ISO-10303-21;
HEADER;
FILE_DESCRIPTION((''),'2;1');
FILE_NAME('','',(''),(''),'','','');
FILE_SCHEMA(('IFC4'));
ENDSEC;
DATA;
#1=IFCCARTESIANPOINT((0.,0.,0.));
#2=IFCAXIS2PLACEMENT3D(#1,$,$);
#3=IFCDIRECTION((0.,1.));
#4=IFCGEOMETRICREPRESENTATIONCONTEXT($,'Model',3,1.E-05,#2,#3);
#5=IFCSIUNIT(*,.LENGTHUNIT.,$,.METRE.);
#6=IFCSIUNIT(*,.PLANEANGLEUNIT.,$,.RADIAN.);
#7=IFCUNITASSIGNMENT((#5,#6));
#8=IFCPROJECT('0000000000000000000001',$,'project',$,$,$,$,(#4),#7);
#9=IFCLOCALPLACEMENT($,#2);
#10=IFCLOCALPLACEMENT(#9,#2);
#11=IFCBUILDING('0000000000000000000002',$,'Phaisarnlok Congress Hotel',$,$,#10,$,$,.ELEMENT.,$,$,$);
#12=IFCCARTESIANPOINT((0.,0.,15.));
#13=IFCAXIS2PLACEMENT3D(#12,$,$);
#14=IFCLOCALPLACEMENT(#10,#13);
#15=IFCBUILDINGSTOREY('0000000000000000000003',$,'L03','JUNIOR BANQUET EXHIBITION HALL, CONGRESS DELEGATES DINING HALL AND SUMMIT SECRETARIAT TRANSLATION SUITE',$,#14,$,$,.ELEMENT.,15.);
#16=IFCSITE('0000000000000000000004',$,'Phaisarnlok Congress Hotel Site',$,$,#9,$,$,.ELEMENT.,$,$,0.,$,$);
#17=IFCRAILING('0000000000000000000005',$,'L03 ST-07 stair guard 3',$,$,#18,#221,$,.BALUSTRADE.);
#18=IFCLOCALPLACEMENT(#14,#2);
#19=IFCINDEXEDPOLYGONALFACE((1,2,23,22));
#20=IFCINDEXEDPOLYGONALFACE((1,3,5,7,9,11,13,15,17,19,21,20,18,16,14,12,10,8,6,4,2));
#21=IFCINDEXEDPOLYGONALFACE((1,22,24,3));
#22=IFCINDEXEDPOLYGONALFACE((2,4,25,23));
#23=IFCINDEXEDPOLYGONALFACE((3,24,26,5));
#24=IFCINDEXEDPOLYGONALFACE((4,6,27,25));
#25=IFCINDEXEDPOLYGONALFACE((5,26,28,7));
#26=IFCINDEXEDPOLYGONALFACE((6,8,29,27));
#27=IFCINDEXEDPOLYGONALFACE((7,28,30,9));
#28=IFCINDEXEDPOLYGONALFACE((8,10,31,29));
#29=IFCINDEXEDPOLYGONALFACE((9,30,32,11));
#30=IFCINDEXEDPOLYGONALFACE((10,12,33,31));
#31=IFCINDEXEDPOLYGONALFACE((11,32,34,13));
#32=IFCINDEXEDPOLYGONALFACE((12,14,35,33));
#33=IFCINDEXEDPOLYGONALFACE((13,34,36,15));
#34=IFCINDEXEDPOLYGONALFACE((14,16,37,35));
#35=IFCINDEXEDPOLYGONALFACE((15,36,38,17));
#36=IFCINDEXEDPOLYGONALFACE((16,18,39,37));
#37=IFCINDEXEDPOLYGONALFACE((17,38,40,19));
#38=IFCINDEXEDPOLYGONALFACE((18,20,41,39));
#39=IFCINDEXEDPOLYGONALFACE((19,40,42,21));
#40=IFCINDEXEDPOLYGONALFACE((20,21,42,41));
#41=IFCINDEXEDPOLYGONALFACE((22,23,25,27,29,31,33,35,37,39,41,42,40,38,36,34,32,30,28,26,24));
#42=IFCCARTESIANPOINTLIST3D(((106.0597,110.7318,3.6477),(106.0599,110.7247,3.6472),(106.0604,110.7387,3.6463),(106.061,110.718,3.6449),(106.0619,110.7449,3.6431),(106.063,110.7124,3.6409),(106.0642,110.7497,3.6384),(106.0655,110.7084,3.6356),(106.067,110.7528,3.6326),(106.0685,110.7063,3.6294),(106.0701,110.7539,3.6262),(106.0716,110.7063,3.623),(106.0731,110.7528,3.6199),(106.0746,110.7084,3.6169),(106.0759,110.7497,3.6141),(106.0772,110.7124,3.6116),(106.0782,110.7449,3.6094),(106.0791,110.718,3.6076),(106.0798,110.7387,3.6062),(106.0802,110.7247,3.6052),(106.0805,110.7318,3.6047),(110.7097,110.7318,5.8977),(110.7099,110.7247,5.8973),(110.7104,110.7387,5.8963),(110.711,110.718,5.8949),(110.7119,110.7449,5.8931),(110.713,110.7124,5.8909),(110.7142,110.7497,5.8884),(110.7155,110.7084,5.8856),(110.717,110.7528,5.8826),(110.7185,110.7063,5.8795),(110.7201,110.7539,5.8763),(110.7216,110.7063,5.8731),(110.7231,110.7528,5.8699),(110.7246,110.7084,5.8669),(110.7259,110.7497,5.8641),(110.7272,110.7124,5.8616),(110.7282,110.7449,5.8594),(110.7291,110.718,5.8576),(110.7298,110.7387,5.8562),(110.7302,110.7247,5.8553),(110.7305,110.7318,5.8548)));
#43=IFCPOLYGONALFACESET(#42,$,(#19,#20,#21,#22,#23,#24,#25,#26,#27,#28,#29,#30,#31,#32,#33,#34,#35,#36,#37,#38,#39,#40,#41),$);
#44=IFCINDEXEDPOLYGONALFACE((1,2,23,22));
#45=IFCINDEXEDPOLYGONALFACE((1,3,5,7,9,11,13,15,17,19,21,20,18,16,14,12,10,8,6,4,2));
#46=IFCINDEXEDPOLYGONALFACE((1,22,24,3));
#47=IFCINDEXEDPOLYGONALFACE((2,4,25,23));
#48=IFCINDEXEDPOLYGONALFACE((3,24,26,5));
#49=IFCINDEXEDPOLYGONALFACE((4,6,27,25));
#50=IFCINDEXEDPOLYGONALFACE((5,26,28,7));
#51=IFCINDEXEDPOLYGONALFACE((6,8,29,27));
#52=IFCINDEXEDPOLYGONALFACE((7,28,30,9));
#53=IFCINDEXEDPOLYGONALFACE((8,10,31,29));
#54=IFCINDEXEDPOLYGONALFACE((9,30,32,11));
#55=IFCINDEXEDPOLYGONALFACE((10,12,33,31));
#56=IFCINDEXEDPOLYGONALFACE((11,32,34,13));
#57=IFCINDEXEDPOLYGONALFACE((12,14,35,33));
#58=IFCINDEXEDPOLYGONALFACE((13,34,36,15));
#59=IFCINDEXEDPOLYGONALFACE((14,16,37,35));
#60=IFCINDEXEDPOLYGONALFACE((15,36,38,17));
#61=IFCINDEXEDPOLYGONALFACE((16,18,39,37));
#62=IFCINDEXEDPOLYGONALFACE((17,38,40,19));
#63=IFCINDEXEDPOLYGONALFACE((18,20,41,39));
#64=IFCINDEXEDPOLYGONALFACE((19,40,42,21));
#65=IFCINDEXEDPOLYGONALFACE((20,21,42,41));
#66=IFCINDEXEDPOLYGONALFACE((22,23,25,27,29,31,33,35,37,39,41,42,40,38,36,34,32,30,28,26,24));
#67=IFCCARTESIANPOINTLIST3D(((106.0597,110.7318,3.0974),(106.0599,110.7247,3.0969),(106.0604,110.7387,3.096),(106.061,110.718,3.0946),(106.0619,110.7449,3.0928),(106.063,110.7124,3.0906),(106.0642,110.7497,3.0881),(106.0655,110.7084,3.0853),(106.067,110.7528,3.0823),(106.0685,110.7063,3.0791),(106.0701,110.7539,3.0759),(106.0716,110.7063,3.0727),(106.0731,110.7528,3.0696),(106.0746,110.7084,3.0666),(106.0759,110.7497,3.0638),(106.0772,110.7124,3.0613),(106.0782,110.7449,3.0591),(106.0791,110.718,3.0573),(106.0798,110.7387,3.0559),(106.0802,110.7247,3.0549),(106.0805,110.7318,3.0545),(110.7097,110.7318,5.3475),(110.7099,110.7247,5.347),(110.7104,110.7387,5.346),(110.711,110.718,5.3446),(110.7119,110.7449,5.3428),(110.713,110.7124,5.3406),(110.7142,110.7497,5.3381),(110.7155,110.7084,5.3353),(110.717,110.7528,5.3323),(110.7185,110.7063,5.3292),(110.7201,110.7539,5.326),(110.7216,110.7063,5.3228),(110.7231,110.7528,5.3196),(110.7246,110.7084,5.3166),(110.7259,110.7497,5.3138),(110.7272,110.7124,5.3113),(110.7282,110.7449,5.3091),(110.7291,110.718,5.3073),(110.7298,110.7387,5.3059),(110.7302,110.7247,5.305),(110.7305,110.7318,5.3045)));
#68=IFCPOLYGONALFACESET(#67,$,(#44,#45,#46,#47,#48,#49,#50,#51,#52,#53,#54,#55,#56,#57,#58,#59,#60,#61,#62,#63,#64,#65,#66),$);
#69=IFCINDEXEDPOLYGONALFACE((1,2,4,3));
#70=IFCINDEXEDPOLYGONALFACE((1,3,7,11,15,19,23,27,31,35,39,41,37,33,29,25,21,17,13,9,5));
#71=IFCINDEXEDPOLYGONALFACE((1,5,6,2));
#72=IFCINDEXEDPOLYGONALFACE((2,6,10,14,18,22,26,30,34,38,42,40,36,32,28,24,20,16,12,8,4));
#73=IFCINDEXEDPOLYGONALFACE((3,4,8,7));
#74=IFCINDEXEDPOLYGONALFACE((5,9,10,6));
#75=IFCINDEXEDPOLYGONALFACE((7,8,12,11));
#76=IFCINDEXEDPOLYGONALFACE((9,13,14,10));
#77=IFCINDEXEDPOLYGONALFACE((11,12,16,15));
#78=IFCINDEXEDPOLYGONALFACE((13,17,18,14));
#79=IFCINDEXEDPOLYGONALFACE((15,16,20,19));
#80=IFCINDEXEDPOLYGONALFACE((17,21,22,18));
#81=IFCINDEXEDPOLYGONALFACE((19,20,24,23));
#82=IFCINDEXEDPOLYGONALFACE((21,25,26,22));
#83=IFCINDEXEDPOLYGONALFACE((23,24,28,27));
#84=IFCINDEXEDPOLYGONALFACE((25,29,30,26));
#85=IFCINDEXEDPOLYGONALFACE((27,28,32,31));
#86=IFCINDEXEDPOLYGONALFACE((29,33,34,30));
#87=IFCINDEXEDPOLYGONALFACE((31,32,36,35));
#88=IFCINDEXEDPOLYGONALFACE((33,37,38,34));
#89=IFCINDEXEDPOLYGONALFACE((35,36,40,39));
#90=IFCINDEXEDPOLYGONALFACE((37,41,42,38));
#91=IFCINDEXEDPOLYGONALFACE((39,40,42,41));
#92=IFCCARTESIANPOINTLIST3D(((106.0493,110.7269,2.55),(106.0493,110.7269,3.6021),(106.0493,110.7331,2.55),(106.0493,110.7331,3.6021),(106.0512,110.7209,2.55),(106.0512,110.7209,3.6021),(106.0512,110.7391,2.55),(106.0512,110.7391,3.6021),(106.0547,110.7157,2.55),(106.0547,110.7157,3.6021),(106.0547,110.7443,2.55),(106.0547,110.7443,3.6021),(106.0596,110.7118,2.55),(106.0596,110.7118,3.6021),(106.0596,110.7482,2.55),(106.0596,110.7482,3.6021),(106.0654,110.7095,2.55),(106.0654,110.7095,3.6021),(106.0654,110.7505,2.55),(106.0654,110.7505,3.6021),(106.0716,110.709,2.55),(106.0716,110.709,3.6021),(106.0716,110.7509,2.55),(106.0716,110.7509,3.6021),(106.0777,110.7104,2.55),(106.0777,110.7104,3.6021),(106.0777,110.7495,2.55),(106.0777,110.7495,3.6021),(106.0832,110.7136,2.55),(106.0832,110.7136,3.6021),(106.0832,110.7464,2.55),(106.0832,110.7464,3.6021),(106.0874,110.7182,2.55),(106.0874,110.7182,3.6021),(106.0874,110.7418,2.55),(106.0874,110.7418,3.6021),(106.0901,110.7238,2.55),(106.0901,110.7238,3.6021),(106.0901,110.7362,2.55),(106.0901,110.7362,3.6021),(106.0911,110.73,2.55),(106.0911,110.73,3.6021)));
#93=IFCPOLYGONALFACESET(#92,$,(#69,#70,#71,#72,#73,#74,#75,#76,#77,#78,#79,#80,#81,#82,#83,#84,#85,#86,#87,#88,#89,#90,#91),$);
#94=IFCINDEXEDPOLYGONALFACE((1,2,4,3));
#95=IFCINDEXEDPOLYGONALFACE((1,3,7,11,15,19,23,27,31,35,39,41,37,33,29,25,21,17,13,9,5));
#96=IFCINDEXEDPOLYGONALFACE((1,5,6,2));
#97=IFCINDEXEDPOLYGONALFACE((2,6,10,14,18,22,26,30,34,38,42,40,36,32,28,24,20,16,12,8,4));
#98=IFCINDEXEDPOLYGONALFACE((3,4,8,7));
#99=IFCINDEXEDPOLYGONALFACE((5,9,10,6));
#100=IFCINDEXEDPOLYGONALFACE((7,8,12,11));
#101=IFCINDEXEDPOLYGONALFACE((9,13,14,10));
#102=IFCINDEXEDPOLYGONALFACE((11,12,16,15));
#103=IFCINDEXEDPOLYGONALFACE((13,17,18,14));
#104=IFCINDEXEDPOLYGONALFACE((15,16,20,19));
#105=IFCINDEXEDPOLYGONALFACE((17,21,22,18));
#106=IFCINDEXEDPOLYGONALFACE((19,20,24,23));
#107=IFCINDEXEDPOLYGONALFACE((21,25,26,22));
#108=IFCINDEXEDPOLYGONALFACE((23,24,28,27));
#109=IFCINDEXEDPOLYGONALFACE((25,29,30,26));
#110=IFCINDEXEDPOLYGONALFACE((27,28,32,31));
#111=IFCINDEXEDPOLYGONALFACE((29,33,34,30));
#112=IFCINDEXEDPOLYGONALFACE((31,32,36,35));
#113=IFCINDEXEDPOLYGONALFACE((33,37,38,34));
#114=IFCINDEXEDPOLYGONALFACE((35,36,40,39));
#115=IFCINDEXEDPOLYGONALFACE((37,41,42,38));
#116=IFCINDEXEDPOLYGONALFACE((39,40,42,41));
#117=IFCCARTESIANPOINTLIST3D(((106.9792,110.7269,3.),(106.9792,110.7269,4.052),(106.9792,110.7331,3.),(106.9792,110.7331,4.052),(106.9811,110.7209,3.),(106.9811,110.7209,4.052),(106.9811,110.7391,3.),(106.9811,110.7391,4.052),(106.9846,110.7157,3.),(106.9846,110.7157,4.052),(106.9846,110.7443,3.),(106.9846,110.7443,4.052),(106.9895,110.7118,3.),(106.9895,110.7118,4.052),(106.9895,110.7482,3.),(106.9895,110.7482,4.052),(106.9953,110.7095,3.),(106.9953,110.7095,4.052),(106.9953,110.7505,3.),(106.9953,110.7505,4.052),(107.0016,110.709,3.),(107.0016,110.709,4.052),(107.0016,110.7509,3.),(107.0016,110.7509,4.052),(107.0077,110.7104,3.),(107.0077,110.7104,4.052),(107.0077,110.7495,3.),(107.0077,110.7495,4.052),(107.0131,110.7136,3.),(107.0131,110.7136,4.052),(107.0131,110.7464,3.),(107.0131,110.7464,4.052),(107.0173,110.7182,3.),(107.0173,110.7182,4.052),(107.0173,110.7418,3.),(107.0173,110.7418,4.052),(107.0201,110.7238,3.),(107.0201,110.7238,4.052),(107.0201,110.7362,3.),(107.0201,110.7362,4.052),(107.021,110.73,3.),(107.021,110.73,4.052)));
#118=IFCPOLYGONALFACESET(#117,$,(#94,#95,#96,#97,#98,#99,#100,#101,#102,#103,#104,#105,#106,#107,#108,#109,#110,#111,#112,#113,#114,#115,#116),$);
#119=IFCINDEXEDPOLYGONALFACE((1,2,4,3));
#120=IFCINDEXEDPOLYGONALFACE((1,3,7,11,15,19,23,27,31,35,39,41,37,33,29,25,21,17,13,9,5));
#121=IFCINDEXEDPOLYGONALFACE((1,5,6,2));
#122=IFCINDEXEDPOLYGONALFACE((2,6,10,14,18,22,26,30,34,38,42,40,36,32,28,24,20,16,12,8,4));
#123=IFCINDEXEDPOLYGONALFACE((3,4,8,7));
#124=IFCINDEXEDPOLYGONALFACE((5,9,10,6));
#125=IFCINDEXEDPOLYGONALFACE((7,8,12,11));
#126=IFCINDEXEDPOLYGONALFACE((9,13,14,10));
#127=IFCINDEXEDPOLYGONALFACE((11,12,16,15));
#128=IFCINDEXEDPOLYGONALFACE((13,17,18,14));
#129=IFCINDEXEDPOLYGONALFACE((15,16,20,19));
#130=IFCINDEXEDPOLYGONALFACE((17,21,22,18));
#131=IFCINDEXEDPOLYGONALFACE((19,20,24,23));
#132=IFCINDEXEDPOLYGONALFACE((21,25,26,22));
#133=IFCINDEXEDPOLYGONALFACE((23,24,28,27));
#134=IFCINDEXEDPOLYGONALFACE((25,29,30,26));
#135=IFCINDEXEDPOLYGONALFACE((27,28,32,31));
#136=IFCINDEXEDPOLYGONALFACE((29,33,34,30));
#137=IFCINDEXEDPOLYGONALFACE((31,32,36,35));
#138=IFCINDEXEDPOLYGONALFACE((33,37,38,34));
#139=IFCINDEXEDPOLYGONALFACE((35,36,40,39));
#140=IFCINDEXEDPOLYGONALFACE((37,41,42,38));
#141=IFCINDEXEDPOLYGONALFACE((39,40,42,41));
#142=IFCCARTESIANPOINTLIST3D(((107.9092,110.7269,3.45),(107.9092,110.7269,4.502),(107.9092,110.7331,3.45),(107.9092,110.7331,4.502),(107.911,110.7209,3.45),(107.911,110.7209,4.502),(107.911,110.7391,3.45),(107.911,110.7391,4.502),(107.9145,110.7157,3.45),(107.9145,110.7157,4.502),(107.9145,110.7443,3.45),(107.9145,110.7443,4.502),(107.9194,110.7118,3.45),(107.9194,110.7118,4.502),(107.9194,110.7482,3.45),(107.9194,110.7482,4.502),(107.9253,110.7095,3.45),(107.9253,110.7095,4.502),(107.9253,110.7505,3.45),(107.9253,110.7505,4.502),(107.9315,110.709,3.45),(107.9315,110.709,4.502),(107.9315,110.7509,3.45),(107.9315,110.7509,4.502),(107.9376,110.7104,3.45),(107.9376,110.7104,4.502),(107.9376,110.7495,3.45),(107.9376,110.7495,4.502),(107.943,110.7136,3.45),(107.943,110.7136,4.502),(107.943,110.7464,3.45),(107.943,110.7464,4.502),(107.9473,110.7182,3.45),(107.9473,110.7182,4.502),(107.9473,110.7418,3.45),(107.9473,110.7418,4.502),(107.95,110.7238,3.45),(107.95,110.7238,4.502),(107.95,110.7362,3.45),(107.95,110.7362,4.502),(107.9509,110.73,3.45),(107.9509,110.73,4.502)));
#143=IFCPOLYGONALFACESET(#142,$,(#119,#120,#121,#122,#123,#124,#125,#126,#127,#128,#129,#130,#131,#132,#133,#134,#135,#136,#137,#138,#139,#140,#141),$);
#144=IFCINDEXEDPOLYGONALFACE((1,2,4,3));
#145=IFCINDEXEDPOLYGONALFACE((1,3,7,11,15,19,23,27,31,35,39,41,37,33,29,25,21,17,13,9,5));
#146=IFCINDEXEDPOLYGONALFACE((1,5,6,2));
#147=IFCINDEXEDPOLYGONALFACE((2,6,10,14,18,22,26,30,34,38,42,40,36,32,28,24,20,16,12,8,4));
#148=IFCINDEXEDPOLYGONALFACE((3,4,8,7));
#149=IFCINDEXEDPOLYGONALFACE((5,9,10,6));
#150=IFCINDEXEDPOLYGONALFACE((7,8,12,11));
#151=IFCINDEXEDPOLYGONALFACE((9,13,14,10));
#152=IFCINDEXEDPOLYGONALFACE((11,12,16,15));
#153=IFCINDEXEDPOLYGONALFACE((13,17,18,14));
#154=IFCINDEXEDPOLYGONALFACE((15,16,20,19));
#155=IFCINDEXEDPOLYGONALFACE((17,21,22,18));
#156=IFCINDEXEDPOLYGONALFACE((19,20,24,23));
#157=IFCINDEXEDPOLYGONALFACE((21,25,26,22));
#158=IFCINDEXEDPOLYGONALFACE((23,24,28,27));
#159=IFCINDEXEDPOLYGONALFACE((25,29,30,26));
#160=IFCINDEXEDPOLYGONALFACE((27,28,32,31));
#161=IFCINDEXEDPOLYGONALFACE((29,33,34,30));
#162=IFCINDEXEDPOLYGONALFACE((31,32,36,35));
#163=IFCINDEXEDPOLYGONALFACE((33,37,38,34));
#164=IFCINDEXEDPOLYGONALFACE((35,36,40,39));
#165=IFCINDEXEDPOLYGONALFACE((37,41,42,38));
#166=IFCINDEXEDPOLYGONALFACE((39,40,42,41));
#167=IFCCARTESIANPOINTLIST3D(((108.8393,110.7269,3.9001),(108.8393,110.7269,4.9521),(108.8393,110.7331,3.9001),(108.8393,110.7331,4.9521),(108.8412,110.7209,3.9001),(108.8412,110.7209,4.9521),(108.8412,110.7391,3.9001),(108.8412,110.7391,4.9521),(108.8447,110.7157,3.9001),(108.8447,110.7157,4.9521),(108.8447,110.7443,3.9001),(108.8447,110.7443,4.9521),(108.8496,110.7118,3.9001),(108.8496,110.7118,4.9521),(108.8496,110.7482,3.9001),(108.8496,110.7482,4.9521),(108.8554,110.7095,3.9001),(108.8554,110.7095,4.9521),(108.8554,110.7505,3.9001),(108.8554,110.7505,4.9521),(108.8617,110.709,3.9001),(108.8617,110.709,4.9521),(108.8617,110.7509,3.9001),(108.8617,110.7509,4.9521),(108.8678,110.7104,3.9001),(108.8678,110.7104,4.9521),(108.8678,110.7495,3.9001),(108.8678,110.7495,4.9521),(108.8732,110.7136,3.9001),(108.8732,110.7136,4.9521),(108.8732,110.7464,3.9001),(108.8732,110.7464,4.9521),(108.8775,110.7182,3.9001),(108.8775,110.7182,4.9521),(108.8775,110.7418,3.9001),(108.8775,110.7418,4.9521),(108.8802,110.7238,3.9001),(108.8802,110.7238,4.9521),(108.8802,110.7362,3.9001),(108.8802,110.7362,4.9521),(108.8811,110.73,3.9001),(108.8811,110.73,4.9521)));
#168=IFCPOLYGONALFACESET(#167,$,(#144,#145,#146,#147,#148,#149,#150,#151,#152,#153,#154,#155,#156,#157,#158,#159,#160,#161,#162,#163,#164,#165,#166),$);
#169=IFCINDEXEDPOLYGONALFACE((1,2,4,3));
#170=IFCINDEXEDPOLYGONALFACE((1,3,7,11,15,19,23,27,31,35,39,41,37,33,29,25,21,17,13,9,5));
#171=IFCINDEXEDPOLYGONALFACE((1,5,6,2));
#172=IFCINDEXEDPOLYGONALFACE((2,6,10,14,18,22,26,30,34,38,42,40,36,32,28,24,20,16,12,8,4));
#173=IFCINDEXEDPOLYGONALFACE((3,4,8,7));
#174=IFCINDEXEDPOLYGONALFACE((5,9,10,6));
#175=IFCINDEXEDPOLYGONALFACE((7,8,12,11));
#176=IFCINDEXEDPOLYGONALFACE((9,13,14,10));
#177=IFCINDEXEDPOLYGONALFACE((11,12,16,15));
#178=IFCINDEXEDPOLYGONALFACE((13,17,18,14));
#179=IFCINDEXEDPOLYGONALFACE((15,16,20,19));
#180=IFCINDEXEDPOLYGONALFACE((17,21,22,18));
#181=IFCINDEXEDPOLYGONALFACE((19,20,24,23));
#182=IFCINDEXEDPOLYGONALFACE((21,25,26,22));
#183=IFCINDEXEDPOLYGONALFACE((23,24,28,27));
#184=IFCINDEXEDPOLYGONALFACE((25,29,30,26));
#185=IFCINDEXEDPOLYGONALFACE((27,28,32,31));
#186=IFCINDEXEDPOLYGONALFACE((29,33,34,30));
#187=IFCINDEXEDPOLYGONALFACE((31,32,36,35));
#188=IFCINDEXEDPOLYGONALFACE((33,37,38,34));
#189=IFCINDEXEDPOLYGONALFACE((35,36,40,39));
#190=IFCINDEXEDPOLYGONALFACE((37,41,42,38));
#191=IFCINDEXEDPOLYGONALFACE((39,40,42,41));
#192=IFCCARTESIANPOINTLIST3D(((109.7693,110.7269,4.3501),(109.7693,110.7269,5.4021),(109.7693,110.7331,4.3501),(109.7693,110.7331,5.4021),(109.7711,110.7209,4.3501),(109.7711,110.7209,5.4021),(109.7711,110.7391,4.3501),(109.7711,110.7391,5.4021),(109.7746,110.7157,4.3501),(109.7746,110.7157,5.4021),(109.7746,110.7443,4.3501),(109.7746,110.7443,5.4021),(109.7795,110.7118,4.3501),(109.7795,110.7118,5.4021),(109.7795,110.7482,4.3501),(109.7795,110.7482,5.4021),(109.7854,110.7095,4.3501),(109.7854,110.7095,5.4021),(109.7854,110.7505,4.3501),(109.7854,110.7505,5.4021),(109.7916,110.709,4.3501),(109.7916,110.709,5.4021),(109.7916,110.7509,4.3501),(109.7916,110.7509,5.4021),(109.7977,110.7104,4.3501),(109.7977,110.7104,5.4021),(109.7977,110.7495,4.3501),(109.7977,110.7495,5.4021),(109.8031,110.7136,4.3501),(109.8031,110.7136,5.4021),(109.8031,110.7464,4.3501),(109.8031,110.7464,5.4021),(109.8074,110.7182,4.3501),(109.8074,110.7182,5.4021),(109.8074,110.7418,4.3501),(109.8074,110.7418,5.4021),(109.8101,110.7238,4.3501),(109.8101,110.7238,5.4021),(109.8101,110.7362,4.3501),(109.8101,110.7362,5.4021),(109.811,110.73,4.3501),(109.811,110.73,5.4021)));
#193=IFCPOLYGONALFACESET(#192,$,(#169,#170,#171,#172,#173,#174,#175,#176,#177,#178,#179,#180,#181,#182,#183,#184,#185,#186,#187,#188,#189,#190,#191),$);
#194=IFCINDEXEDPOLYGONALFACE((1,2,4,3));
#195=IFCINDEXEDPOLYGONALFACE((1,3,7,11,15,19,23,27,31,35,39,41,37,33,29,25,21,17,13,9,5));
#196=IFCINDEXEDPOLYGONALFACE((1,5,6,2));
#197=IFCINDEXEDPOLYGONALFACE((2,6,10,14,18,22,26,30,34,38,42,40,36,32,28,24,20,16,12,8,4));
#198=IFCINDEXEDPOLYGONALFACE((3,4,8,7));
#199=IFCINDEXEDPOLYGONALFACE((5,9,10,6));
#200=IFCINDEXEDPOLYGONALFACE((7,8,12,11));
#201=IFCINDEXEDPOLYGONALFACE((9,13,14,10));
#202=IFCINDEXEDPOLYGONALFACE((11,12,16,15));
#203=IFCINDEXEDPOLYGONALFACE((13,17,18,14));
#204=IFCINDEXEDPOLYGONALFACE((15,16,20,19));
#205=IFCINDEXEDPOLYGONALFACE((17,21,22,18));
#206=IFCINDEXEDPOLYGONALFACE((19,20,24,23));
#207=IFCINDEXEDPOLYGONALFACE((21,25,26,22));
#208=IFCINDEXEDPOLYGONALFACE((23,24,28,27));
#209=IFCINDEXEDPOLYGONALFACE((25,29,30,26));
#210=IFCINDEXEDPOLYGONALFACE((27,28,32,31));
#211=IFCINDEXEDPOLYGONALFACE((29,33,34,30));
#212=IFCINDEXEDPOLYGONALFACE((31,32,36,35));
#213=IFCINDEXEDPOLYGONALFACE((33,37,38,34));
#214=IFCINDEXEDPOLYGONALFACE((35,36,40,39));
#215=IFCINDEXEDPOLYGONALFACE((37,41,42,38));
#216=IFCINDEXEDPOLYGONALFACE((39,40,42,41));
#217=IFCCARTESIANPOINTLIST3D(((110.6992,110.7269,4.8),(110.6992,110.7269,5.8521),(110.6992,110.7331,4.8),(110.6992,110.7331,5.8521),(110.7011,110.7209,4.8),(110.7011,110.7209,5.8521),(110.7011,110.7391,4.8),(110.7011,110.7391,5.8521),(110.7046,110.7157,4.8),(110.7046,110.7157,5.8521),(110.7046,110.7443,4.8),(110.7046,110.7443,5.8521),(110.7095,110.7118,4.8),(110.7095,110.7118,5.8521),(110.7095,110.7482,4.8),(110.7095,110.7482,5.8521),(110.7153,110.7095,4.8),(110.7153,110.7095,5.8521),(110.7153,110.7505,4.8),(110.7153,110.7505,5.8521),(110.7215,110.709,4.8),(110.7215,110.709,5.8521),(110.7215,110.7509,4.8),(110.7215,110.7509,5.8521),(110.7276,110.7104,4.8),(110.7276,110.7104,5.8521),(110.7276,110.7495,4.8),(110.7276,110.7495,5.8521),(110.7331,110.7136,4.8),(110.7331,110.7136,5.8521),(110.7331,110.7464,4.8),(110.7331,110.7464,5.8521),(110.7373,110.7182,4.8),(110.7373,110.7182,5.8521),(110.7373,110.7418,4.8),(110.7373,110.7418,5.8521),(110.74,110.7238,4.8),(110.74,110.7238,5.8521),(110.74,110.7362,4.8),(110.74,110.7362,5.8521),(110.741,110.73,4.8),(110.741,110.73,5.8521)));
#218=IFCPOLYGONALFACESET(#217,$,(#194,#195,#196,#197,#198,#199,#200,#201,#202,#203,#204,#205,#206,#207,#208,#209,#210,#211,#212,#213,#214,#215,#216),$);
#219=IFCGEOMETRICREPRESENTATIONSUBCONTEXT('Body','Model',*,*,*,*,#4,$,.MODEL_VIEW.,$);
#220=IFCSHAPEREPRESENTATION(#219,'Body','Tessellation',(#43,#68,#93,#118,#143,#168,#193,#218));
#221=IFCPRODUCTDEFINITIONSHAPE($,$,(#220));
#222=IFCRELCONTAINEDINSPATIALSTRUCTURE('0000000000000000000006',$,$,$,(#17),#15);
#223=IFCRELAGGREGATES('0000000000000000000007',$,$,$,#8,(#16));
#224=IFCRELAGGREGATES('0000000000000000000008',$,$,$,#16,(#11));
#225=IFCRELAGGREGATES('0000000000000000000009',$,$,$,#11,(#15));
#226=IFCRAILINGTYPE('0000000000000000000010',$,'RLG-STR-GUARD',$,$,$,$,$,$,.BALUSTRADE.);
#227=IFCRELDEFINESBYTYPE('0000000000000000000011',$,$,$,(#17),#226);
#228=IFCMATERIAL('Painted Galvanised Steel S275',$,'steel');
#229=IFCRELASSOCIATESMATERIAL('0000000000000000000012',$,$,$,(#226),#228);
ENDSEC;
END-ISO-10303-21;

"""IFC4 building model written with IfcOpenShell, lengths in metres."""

from ifc_helpers import new_model, si_unit, direction, frame, origin, origin_2d, place, context, subcontext, project, spatial, circle, extrude, material, type_object, element, save


model = new_model("IFC4")

# Units and contexts
model_context = context("Model", 3, precision=1e-05, world=origin(), true_north=direction((0.0, 1.0)))
body_context = subcontext(model_context, "Body", "Model", "MODEL_VIEW")
ifc_project = project(units=[si_unit("LENGTHUNIT", "METRE"), si_unit("PLANEANGLEUNIT", "RADIAN")], contexts=[model_context])

# Site, building, storey
site_placement = place(None, origin())
site = spatial("IfcSite", under=ifc_project, at=site_placement, Name="Phaisarnlok Congress Hotel Site", CompositionType="ELEMENT", RefElevation=0.0)
building_placement = place(site_placement, origin())
building = spatial("IfcBuilding", under=site, at=building_placement, Name="Phaisarnlok Congress Hotel", CompositionType="ELEMENT")
storey_placement = place(building_placement, frame((0.0, 0.0, 15.0)))
storey = spatial("IfcBuildingStorey", under=building, at=storey_placement, Name="L03", Description="JUNIOR BANQUET EXHIBITION HALL, CONGRESS DELEGATES DINING HALL AND SUMMIT SECRETARIAT TRANSLATION SUITE", CompositionType="ELEMENT", Elevation=15.0)

# Railing
ifc_material_1 = material(Name="Painted Galvanised Steel S275", Category="steel")
railing_type_1 = type_object("IfcRailingType", Name="RLG-STR-GUARD", PredefinedType="BALUSTRADE", material=ifc_material_1)
railing_1_placement = place(storey_placement, frame((106.0701, 110.73, 2.55)))
element("IfcRailing", 1, at=railing_1_placement, inside=storey, type_object=railing_type_1, Name="L03 ST-07 stair guard 3", PredefinedType="BALUSTRADE", context=body_context, shape_type="SweptSolid", body=[
    extrude(circle(Radius=0.0239, at=origin_2d()), frame((0.0, 0.0, 1.0762), z_axis=(0.900156, 0.0, 0.435568), x_axis=(0.0, 1.0, 0.0)), (0.0, 0.0, 1.0), 5.1658),
    extrude(circle(Radius=0.0239, at=origin_2d()), frame((0.0, 0.0, 0.5259), z_axis=(0.900156, 0.0, 0.435568), x_axis=(0.0, 1.0, 0.0)), (0.0, 0.0, 1.0), 5.1658),
    extrude(circle(Radius=0.021, at=origin_2d()), origin(), (0.0, 0.0, 1.0), 1.052),
    extrude(circle(Radius=0.021, at=origin_2d()), frame((0.9299, 0.0, 0.45)), (0.0, 0.0, 1.0), 1.052),
    extrude(circle(Radius=0.021, at=origin_2d()), frame((1.8599, 0.0, 0.8999)), (0.0, 0.0, 1.0), 1.052),
    extrude(circle(Radius=0.021, at=origin_2d()), frame((2.79, 0.0, 1.3501)), (0.0, 0.0, 1.0), 1.052),
    extrude(circle(Radius=0.021, at=origin_2d()), frame((3.72, 0.0, 1.8)), (0.0, 0.0, 1.0), 1.052),
    extrude(circle(Radius=0.021, at=origin_2d()), frame((4.6499, 0.0, 2.25)), (0.0, 0.0, 1.0), 1.052),
])

save(model, "model.ifc")
